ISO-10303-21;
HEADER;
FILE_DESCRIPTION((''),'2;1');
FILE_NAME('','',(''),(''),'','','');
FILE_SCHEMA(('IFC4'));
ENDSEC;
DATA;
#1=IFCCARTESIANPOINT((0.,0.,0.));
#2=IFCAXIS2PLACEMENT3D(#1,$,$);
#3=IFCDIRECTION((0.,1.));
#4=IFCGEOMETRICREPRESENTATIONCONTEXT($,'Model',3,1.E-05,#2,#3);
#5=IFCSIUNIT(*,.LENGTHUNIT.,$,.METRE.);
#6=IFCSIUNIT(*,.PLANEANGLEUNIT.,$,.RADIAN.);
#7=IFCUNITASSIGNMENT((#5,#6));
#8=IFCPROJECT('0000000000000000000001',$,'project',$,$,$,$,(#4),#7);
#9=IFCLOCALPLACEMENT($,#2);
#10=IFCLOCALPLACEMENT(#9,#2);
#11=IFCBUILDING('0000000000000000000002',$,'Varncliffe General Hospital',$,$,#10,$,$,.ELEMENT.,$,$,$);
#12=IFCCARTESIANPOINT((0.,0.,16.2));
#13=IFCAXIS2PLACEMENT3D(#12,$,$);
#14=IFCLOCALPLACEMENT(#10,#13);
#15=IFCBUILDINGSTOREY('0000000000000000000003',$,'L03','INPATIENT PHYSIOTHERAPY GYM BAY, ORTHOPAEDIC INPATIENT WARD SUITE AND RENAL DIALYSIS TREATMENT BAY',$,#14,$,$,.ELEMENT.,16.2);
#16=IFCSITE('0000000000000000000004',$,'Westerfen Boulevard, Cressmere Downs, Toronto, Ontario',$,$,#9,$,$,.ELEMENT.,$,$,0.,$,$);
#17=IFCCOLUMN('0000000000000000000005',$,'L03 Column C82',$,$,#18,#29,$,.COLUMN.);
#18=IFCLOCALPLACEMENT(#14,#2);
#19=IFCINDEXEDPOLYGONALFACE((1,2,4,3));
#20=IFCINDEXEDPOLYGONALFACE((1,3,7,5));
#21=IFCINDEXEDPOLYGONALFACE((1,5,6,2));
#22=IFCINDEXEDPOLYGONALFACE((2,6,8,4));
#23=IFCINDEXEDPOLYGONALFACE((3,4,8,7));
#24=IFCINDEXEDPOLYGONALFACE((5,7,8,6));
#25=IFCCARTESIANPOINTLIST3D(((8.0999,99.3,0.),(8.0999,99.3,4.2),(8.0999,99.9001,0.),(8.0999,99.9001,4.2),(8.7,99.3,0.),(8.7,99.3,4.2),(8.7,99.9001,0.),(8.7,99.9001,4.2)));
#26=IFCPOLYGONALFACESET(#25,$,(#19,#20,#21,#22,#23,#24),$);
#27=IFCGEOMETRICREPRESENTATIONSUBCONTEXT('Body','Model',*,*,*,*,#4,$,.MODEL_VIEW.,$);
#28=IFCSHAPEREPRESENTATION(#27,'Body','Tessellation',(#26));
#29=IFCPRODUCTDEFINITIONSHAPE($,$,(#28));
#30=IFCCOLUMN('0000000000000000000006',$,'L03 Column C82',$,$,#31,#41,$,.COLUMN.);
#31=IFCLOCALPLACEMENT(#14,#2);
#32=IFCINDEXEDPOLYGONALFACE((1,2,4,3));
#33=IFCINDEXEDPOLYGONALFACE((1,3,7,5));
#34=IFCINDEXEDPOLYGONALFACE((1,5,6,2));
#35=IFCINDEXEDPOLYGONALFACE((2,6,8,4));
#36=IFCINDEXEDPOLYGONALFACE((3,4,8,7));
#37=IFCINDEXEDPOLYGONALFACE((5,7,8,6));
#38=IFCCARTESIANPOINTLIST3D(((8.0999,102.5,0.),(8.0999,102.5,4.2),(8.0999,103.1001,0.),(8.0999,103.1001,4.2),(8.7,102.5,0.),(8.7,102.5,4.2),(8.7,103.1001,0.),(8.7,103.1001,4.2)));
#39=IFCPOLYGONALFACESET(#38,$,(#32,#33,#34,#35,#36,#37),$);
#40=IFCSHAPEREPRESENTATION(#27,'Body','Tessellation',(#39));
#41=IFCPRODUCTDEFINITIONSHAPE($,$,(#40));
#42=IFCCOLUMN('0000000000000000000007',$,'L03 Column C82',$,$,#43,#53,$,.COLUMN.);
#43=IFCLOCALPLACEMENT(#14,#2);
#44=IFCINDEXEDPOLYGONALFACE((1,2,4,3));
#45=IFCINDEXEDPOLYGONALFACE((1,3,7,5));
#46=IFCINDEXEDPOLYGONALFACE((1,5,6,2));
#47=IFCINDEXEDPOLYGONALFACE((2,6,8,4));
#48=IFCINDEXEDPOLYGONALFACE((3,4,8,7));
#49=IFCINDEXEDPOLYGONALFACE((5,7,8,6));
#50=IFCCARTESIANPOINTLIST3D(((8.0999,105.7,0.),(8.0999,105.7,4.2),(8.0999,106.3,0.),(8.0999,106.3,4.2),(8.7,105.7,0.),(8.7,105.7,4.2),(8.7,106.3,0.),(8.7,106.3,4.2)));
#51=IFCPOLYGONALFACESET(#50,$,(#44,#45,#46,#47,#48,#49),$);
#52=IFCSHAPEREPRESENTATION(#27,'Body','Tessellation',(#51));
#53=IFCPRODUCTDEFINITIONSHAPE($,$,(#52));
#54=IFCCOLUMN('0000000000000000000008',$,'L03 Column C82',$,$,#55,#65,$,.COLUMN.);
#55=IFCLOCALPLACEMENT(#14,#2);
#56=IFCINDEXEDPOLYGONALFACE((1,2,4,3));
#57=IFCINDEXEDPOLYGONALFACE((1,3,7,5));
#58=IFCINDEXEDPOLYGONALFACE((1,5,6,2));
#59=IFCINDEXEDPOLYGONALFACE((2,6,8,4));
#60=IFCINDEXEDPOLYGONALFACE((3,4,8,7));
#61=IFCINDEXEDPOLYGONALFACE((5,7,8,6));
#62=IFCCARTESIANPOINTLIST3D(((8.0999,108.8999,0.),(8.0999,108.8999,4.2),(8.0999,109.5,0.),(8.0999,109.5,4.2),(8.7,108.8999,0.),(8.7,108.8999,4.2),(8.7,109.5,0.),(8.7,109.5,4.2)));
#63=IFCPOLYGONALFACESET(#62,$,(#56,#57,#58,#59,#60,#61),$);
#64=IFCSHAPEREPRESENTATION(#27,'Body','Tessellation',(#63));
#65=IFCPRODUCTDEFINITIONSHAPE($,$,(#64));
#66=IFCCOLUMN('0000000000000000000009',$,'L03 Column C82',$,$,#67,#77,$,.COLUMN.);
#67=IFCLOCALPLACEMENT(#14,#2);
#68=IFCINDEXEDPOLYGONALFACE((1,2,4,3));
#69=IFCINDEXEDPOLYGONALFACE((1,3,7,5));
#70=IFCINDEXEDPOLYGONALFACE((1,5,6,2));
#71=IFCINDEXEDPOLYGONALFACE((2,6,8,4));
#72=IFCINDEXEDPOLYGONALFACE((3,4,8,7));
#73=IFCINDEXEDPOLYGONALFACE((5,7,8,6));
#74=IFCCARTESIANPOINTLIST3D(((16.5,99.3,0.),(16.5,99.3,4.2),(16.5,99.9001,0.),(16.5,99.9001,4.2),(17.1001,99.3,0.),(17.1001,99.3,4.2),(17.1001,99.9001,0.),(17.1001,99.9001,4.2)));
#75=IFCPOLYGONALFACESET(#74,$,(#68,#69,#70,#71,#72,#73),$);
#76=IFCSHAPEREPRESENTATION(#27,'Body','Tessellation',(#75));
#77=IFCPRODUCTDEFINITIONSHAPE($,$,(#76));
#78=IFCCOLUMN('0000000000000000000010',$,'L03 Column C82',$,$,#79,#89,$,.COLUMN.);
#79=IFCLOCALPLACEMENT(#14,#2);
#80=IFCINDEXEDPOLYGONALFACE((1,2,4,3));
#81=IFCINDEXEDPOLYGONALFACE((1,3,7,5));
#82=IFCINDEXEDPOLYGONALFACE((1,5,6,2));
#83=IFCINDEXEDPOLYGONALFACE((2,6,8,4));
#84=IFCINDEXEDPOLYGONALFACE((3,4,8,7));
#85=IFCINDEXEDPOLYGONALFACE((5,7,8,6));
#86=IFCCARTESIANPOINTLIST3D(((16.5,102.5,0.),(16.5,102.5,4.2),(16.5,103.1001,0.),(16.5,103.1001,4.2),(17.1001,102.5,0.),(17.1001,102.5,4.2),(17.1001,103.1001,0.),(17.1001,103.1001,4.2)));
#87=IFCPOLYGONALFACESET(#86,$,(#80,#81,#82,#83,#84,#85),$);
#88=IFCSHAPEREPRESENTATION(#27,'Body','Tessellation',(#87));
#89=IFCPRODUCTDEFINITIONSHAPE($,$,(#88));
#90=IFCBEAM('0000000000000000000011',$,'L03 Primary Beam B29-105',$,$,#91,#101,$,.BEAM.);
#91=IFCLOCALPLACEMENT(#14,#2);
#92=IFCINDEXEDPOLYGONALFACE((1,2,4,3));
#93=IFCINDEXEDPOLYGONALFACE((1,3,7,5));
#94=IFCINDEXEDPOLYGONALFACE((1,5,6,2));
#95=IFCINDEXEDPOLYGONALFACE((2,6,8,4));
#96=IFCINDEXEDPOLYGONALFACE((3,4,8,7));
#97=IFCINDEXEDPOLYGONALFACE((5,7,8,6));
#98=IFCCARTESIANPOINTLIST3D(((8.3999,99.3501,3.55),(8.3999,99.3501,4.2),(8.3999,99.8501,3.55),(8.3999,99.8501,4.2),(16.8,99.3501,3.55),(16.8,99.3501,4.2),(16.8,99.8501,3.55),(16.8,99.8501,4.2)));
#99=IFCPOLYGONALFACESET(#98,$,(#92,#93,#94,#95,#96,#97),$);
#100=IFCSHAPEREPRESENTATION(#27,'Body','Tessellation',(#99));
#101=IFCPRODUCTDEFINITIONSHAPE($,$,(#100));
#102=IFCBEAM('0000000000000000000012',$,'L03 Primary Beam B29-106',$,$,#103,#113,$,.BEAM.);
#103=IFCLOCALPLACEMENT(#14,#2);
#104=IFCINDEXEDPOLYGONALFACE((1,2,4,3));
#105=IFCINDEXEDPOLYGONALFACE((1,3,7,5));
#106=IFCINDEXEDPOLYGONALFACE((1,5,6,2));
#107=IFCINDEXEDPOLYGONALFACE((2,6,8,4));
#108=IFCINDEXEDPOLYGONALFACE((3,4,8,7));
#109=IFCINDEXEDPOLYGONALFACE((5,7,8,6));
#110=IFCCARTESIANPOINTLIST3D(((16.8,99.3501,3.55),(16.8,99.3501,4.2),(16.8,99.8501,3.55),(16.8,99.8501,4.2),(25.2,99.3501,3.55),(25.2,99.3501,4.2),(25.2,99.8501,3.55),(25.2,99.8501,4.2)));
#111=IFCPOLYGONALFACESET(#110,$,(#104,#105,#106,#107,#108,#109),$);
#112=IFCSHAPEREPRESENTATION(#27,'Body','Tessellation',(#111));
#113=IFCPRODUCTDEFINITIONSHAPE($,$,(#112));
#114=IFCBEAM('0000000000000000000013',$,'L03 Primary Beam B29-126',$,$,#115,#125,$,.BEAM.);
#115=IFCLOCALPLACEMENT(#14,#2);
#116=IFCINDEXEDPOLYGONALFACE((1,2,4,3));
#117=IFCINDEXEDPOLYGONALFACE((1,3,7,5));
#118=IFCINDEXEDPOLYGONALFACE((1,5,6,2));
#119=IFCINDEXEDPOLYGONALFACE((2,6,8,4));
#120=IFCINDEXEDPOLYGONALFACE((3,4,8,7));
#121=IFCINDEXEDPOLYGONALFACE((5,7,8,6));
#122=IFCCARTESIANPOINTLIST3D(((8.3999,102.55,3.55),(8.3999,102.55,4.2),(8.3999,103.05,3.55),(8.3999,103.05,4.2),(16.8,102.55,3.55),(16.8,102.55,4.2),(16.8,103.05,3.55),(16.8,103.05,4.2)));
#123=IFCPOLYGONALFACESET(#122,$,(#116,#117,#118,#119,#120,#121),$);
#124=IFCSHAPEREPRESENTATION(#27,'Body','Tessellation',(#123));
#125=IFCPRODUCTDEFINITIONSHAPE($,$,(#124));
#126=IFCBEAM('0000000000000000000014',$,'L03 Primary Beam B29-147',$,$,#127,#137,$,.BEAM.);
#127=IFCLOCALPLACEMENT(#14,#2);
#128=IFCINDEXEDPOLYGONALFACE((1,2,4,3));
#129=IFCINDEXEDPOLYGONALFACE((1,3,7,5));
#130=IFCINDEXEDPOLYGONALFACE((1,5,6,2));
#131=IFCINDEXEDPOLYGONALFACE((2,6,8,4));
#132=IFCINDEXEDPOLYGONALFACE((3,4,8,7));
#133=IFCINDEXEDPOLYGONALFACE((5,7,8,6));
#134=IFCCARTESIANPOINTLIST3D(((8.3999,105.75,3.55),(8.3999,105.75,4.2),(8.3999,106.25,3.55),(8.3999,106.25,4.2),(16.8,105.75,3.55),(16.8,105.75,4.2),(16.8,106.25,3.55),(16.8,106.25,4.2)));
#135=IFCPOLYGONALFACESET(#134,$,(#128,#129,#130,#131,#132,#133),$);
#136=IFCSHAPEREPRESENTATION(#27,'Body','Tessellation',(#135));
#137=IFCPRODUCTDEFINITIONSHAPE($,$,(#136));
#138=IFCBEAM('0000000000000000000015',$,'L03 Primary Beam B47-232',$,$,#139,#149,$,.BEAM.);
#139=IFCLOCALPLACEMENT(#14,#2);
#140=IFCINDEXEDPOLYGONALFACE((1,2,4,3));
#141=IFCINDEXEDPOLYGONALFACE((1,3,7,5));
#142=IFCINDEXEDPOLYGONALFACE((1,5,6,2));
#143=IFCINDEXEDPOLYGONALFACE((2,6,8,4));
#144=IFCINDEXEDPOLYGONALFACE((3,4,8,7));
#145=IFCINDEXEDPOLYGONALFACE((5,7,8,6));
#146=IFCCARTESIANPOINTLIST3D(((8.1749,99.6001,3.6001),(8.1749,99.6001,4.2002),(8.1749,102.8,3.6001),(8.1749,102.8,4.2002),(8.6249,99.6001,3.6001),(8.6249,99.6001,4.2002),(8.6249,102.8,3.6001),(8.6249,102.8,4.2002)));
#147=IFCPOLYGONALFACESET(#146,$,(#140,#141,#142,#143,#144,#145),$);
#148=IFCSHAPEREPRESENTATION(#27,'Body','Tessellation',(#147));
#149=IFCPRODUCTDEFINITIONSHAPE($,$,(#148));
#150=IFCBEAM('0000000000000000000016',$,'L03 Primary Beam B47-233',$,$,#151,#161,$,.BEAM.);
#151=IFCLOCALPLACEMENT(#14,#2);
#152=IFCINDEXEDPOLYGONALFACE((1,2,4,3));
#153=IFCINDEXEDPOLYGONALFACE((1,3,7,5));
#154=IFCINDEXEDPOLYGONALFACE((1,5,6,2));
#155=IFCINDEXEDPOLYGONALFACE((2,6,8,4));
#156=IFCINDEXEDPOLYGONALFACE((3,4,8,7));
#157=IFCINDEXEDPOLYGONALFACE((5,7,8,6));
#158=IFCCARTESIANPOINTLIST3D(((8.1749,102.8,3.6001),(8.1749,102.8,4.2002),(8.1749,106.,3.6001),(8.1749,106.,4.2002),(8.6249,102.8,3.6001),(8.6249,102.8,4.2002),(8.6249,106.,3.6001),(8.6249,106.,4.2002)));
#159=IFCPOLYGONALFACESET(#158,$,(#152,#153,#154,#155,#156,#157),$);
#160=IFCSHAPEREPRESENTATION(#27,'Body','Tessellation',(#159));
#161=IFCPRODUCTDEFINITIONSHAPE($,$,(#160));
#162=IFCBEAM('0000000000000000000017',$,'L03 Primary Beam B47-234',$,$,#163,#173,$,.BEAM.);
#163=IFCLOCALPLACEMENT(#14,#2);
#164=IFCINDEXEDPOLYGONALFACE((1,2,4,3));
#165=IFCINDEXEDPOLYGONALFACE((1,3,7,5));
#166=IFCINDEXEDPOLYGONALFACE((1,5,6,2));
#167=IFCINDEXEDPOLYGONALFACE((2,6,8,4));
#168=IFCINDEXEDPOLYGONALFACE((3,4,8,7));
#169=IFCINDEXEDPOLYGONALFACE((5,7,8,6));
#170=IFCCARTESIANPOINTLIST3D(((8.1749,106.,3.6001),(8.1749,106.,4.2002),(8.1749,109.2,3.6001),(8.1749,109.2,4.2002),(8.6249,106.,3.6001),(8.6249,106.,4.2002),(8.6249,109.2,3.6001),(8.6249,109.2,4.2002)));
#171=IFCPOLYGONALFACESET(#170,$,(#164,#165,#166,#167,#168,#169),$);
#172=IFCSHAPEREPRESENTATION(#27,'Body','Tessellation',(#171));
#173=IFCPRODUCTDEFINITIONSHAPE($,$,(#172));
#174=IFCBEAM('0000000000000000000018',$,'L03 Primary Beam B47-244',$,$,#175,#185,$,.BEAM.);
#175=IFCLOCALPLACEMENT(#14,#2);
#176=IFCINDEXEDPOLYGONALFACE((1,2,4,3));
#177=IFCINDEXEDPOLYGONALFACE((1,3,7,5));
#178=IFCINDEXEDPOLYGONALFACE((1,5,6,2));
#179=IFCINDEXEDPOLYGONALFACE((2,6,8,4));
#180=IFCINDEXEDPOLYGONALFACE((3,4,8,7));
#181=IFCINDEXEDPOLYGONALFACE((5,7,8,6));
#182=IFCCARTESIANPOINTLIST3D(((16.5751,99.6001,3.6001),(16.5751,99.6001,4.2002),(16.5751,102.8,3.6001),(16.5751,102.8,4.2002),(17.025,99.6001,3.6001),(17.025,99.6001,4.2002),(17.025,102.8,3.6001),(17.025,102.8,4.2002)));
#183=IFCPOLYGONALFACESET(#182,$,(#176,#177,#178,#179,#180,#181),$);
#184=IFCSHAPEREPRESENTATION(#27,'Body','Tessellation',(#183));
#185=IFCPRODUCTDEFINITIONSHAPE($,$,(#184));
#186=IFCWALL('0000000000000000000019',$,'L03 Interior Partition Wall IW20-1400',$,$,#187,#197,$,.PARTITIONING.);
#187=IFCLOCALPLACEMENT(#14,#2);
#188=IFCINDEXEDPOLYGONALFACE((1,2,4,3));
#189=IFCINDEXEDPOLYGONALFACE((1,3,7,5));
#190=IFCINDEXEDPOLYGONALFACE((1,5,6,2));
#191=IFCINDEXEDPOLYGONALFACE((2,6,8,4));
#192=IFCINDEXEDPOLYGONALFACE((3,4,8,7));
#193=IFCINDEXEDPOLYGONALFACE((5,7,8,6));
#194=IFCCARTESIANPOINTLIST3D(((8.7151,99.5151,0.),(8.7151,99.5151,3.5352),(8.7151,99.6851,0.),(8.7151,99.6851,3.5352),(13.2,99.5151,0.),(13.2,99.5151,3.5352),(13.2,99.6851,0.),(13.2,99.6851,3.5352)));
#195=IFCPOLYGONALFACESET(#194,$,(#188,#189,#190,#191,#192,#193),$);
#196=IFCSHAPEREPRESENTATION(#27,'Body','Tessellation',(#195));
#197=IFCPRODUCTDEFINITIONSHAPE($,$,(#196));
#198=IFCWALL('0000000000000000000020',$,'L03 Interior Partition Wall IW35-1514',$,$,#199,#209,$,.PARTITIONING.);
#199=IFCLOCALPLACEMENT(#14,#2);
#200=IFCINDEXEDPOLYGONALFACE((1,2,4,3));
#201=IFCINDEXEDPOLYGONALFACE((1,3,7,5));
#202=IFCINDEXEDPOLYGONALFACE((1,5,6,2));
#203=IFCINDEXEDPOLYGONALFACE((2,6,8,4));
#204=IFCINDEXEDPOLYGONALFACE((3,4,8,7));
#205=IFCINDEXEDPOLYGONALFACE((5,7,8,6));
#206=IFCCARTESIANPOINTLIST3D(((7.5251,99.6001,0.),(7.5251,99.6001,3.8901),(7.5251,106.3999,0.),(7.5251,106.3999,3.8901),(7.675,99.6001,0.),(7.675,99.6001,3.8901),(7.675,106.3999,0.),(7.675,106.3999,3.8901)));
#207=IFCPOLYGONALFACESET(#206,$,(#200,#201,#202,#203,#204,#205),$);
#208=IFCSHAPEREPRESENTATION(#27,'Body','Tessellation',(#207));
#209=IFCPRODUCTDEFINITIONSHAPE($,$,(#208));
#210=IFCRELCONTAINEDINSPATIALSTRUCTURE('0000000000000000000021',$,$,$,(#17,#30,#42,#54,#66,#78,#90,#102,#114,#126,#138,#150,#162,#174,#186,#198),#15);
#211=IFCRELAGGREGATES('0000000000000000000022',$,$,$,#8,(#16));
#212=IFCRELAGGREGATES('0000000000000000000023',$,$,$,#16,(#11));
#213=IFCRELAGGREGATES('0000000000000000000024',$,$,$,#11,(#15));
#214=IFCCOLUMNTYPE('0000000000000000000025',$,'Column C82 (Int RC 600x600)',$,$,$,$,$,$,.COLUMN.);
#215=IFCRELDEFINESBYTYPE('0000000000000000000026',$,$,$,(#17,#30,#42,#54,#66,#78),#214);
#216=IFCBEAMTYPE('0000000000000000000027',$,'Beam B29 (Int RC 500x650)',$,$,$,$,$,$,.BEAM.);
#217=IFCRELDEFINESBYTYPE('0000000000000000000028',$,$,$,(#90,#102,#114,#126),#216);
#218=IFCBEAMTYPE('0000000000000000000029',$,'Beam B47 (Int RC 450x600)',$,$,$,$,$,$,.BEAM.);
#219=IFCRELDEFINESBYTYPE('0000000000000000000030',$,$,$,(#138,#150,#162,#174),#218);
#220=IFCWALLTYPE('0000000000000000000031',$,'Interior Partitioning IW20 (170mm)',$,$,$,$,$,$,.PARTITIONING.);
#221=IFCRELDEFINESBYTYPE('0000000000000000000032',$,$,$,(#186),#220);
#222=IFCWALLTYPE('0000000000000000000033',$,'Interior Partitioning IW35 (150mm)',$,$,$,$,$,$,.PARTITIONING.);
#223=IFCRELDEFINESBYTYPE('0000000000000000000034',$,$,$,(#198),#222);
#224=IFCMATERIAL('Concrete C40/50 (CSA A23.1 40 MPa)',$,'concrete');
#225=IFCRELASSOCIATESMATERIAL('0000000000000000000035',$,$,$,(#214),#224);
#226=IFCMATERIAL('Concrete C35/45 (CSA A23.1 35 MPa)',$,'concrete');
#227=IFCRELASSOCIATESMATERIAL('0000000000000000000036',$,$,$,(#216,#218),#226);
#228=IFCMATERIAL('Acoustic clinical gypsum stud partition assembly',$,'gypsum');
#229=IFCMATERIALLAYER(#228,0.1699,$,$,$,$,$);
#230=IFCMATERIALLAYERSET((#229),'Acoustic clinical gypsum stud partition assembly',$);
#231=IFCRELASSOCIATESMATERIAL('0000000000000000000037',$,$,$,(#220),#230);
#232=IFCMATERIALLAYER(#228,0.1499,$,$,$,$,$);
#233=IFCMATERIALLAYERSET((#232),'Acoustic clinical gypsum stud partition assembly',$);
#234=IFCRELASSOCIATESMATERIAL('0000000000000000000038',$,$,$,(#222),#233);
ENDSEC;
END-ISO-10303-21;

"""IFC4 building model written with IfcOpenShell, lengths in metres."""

from ifc_helpers import new_model, si_unit, direction, frame, frame_2d, origin, origin_2d, place, context, subcontext, project, spatial, rectangle, extrude, material, layer, layer_set, material_profile, profile_set, type_object, element, save


model = new_model("IFC4")

# Units and contexts
model_context = context("Model", 3, precision=1e-05, world=origin(), true_north=direction((0.0, 1.0)))
body_context = subcontext(model_context, "Body", "Model", "MODEL_VIEW")
ifc_project = project(units=[si_unit("LENGTHUNIT", "METRE"), si_unit("PLANEANGLEUNIT", "RADIAN")], contexts=[model_context])

# Site, building, storey
site_placement = place(None, origin())
site = spatial("IfcSite", under=ifc_project, at=site_placement, Name="Westerfen Boulevard, Cressmere Downs, Toronto, Ontario", CompositionType="ELEMENT", RefElevation=0.0)
building_placement = place(site_placement, origin())
building = spatial("IfcBuilding", under=site, at=building_placement, Name="Varncliffe General Hospital", CompositionType="ELEMENT")
storey_placement = place(building_placement, frame((0.0, 0.0, 16.2)))
storey = spatial("IfcBuildingStorey", under=building, at=storey_placement, Name="L03", Description="INPATIENT PHYSIOTHERAPY GYM BAY, ORTHOPAEDIC INPATIENT WARD SUITE AND RENAL DIALYSIS TREATMENT BAY", CompositionType="ELEMENT", Elevation=16.2)

# Columns
ifc_material_1 = material(Name="Concrete C40/50 (CSA A23.1 40 MPa)", Category="concrete")
ifc_material_profile_1 = material_profile(ifc_material_1, rectangle(XDim=0.6001, YDim=0.6001, at=origin_2d()), Name="RC 600x600")
ifc_profile_set_1 = profile_set([ifc_material_profile_1], Name="Concrete C40/50 (CSA A23.1 40 MPa)")
column_type = type_object("IfcColumnType", Name="Column C82 (Int RC 600x600)", PredefinedType="COLUMN", material=ifc_profile_set_1)
for number, where, z_axis, x_axis, name in (
    (1, (8.3999, 99.6001, 0.0), (0.0, 0.0, 1.0), (1.0, 0.0, 0.0), "L03 Column C82"),
    (2, (8.3999, 102.8, 0.0), (0.0, 0.0, 1.0), (1.0, 0.0, 0.0), "L03 Column C82"),
    (3, (8.3999, 106.0, 0.0), (0.0, 0.0, 1.0), (1.0, 0.0, 0.0), "L03 Column C82"),
    (4, (8.3999, 109.2, 0.0), (0.0, 0.0, 1.0), (1.0, 0.0, 0.0), "L03 Column C82"),
    (5, (16.8, 99.6001, 0.0), (0.0, 0.0, 1.0), (1.0, 0.0, 0.0), "L03 Column C82"),
    (6, (16.8, 102.8, 0.0), (0.0, 0.0, 1.0), (1.0, 0.0, 0.0), "L03 Column C82"),
):
    element("IfcColumn", number, at=place(storey_placement, frame(where, z_axis=z_axis, x_axis=x_axis)), inside=storey, type_object=column_type, Name=name, PredefinedType="COLUMN", context=body_context, shape_type="SweptSolid", body=[
        extrude(rectangle(XDim=0.6001, YDim=0.6001, at=origin_2d()), origin(), (0.0, 0.0, 1.0), 4.2),
    ])

# Beams
ifc_material_2 = material(Name="Concrete C35/45 (CSA A23.1 35 MPa)", Category="concrete")
ifc_material_profile_2 = material_profile(ifc_material_2, rectangle(XDim=0.5, YDim=0.6499, at=origin_2d()), Name="RC 500x650")
ifc_profile_set_2 = profile_set([ifc_material_profile_2], Name="Concrete C35/45 (CSA A23.1 35 MPa)")
beam_type_1 = type_object("IfcBeamType", Name="Beam B29 (Int RC 500x650)", PredefinedType="BEAM", material=ifc_profile_set_2)
beam_1_placement = place(storey_placement, frame((8.3999, 99.6001, 3.875), z_axis=(1.0, 0.0, 0.0), x_axis=(0.0, 1.0, 0.0)))
element("IfcBeam", 7, at=beam_1_placement, inside=storey, type_object=beam_type_1, Name="L03 Primary Beam B29-105", PredefinedType="BEAM", context=body_context, shape_type="SweptSolid", body=[
    extrude(rectangle(XDim=0.5, YDim=0.6499, at=origin_2d()), origin(), (0.0, 0.0, 1.0), 8.4001),
])
beam_2_placement = place(storey_placement, frame((16.8, 99.6001, 3.875), z_axis=(1.0, 0.0, 0.0), x_axis=(0.0, 1.0, 0.0)))
element("IfcBeam", 8, at=beam_2_placement, inside=storey, type_object=beam_type_1, Name="L03 Primary Beam B29-106", PredefinedType="BEAM", context=body_context, shape_type="SweptSolid", body=[
    extrude(rectangle(XDim=0.5, YDim=0.6499, at=origin_2d()), origin(), (0.0, 0.0, 1.0), 8.3999),
])
for number, where, z_axis, x_axis, name in (
    (9, (8.3999, 102.8, 3.875), (1.0, 0.0, 0.0), (0.0, 1.0, 0.0), "L03 Primary Beam B29-126"),
    (10, (8.3999, 106.0, 3.875), (1.0, 0.0, 0.0), (0.0, 1.0, 0.0), "L03 Primary Beam B29-147"),
):
    element("IfcBeam", number, at=place(storey_placement, frame(where, z_axis=z_axis, x_axis=x_axis)), inside=storey, type_object=beam_type_1, Name=name, PredefinedType="BEAM", context=body_context, shape_type="SweptSolid", body=[
        extrude(rectangle(XDim=0.5, YDim=0.6499, at=origin_2d()), origin(), (0.0, 0.0, 1.0), 8.4001),
    ])
ifc_material_profile_3 = material_profile(ifc_material_2, rectangle(XDim=0.45, YDim=0.6001, at=origin_2d()), Name="RC 450x600")
ifc_profile_set_3 = profile_set([ifc_material_profile_3], Name="Concrete C35/45 (CSA A23.1 35 MPa)")
beam_type_2 = type_object("IfcBeamType", Name="Beam B47 (Int RC 450x600)", PredefinedType="BEAM", material=ifc_profile_set_3)
for number, where, z_axis, x_axis, name in (
    (11, (8.3999, 99.6001, 3.9001), (0.0, 1.0, 0.0), (-1.0, 0.0, 0.0), "L03 Primary Beam B47-232"),
    (12, (8.3999, 102.8, 3.9001), (0.0, 1.0, 0.0), (-1.0, 0.0, 0.0), "L03 Primary Beam B47-233"),
    (13, (8.3999, 106.0, 3.9001), (0.0, 1.0, 0.0), (-1.0, 0.0, 0.0), "L03 Primary Beam B47-234"),
    (14, (16.8, 99.6001, 3.9001), (0.0, 1.0, 0.0), (-1.0, 0.0, 0.0), "L03 Primary Beam B47-244"),
):
    element("IfcBeam", number, at=place(storey_placement, frame(where, z_axis=z_axis, x_axis=x_axis)), inside=storey, type_object=beam_type_2, Name=name, PredefinedType="BEAM", context=body_context, shape_type="SweptSolid", body=[
        extrude(rectangle(XDim=0.45, YDim=0.6001, at=origin_2d()), origin(), (0.0, 0.0, 1.0), 3.2),
    ])

# Walls
ifc_material_3 = material(Name="Acoustic clinical gypsum stud partition assembly", Category="gypsum")
ifc_layer_1 = layer(ifc_material_3, 0.1699)
ifc_layer_set_1 = layer_set([ifc_layer_1], Name="Acoustic clinical gypsum stud partition assembly")
wall_type_1 = type_object("IfcWallType", Name="Interior Partitioning IW20 (170mm)", PredefinedType="PARTITIONING", material=ifc_layer_set_1)
wall_1_placement = place(storey_placement, frame((8.7151, 99.6001, 0.0), z_axis=(0.0, 0.0, 1.0), x_axis=(1.0, 0.0, 0.0)))
element("IfcWall", 15, at=wall_1_placement, inside=storey, type_object=wall_type_1, Name="L03 Interior Partition Wall IW20-1400", PredefinedType="PARTITIONING", context=body_context, shape_type="SweptSolid", body=[
    extrude(rectangle(XDim=4.4849, YDim=0.1699, at=frame_2d((2.2424, 0.0))), origin(), (0.0, 0.0, 1.0), 3.5352),
])
ifc_layer_2 = layer(ifc_material_3, 0.1499)
ifc_layer_set_2 = layer_set([ifc_layer_2], Name="Acoustic clinical gypsum stud partition assembly")
wall_type_2 = type_object("IfcWallType", Name="Interior Partitioning IW35 (150mm)", PredefinedType="PARTITIONING", material=ifc_layer_set_2)
wall_2_placement = place(storey_placement, frame((7.6001, 99.6001, 0.0), z_axis=(0.0, 0.0, 1.0), x_axis=(0.0, 1.0, 0.0)))
element("IfcWall", 16, at=wall_2_placement, inside=storey, type_object=wall_type_2, Name="L03 Interior Partition Wall IW35-1514", PredefinedType="PARTITIONING", context=body_context, shape_type="SweptSolid", body=[
    extrude(rectangle(XDim=6.7998, YDim=0.1499, at=frame_2d((3.3999, 0.0))), origin(), (0.0, 0.0, 1.0), 3.8901),
])

save(model, "model.ifc")
